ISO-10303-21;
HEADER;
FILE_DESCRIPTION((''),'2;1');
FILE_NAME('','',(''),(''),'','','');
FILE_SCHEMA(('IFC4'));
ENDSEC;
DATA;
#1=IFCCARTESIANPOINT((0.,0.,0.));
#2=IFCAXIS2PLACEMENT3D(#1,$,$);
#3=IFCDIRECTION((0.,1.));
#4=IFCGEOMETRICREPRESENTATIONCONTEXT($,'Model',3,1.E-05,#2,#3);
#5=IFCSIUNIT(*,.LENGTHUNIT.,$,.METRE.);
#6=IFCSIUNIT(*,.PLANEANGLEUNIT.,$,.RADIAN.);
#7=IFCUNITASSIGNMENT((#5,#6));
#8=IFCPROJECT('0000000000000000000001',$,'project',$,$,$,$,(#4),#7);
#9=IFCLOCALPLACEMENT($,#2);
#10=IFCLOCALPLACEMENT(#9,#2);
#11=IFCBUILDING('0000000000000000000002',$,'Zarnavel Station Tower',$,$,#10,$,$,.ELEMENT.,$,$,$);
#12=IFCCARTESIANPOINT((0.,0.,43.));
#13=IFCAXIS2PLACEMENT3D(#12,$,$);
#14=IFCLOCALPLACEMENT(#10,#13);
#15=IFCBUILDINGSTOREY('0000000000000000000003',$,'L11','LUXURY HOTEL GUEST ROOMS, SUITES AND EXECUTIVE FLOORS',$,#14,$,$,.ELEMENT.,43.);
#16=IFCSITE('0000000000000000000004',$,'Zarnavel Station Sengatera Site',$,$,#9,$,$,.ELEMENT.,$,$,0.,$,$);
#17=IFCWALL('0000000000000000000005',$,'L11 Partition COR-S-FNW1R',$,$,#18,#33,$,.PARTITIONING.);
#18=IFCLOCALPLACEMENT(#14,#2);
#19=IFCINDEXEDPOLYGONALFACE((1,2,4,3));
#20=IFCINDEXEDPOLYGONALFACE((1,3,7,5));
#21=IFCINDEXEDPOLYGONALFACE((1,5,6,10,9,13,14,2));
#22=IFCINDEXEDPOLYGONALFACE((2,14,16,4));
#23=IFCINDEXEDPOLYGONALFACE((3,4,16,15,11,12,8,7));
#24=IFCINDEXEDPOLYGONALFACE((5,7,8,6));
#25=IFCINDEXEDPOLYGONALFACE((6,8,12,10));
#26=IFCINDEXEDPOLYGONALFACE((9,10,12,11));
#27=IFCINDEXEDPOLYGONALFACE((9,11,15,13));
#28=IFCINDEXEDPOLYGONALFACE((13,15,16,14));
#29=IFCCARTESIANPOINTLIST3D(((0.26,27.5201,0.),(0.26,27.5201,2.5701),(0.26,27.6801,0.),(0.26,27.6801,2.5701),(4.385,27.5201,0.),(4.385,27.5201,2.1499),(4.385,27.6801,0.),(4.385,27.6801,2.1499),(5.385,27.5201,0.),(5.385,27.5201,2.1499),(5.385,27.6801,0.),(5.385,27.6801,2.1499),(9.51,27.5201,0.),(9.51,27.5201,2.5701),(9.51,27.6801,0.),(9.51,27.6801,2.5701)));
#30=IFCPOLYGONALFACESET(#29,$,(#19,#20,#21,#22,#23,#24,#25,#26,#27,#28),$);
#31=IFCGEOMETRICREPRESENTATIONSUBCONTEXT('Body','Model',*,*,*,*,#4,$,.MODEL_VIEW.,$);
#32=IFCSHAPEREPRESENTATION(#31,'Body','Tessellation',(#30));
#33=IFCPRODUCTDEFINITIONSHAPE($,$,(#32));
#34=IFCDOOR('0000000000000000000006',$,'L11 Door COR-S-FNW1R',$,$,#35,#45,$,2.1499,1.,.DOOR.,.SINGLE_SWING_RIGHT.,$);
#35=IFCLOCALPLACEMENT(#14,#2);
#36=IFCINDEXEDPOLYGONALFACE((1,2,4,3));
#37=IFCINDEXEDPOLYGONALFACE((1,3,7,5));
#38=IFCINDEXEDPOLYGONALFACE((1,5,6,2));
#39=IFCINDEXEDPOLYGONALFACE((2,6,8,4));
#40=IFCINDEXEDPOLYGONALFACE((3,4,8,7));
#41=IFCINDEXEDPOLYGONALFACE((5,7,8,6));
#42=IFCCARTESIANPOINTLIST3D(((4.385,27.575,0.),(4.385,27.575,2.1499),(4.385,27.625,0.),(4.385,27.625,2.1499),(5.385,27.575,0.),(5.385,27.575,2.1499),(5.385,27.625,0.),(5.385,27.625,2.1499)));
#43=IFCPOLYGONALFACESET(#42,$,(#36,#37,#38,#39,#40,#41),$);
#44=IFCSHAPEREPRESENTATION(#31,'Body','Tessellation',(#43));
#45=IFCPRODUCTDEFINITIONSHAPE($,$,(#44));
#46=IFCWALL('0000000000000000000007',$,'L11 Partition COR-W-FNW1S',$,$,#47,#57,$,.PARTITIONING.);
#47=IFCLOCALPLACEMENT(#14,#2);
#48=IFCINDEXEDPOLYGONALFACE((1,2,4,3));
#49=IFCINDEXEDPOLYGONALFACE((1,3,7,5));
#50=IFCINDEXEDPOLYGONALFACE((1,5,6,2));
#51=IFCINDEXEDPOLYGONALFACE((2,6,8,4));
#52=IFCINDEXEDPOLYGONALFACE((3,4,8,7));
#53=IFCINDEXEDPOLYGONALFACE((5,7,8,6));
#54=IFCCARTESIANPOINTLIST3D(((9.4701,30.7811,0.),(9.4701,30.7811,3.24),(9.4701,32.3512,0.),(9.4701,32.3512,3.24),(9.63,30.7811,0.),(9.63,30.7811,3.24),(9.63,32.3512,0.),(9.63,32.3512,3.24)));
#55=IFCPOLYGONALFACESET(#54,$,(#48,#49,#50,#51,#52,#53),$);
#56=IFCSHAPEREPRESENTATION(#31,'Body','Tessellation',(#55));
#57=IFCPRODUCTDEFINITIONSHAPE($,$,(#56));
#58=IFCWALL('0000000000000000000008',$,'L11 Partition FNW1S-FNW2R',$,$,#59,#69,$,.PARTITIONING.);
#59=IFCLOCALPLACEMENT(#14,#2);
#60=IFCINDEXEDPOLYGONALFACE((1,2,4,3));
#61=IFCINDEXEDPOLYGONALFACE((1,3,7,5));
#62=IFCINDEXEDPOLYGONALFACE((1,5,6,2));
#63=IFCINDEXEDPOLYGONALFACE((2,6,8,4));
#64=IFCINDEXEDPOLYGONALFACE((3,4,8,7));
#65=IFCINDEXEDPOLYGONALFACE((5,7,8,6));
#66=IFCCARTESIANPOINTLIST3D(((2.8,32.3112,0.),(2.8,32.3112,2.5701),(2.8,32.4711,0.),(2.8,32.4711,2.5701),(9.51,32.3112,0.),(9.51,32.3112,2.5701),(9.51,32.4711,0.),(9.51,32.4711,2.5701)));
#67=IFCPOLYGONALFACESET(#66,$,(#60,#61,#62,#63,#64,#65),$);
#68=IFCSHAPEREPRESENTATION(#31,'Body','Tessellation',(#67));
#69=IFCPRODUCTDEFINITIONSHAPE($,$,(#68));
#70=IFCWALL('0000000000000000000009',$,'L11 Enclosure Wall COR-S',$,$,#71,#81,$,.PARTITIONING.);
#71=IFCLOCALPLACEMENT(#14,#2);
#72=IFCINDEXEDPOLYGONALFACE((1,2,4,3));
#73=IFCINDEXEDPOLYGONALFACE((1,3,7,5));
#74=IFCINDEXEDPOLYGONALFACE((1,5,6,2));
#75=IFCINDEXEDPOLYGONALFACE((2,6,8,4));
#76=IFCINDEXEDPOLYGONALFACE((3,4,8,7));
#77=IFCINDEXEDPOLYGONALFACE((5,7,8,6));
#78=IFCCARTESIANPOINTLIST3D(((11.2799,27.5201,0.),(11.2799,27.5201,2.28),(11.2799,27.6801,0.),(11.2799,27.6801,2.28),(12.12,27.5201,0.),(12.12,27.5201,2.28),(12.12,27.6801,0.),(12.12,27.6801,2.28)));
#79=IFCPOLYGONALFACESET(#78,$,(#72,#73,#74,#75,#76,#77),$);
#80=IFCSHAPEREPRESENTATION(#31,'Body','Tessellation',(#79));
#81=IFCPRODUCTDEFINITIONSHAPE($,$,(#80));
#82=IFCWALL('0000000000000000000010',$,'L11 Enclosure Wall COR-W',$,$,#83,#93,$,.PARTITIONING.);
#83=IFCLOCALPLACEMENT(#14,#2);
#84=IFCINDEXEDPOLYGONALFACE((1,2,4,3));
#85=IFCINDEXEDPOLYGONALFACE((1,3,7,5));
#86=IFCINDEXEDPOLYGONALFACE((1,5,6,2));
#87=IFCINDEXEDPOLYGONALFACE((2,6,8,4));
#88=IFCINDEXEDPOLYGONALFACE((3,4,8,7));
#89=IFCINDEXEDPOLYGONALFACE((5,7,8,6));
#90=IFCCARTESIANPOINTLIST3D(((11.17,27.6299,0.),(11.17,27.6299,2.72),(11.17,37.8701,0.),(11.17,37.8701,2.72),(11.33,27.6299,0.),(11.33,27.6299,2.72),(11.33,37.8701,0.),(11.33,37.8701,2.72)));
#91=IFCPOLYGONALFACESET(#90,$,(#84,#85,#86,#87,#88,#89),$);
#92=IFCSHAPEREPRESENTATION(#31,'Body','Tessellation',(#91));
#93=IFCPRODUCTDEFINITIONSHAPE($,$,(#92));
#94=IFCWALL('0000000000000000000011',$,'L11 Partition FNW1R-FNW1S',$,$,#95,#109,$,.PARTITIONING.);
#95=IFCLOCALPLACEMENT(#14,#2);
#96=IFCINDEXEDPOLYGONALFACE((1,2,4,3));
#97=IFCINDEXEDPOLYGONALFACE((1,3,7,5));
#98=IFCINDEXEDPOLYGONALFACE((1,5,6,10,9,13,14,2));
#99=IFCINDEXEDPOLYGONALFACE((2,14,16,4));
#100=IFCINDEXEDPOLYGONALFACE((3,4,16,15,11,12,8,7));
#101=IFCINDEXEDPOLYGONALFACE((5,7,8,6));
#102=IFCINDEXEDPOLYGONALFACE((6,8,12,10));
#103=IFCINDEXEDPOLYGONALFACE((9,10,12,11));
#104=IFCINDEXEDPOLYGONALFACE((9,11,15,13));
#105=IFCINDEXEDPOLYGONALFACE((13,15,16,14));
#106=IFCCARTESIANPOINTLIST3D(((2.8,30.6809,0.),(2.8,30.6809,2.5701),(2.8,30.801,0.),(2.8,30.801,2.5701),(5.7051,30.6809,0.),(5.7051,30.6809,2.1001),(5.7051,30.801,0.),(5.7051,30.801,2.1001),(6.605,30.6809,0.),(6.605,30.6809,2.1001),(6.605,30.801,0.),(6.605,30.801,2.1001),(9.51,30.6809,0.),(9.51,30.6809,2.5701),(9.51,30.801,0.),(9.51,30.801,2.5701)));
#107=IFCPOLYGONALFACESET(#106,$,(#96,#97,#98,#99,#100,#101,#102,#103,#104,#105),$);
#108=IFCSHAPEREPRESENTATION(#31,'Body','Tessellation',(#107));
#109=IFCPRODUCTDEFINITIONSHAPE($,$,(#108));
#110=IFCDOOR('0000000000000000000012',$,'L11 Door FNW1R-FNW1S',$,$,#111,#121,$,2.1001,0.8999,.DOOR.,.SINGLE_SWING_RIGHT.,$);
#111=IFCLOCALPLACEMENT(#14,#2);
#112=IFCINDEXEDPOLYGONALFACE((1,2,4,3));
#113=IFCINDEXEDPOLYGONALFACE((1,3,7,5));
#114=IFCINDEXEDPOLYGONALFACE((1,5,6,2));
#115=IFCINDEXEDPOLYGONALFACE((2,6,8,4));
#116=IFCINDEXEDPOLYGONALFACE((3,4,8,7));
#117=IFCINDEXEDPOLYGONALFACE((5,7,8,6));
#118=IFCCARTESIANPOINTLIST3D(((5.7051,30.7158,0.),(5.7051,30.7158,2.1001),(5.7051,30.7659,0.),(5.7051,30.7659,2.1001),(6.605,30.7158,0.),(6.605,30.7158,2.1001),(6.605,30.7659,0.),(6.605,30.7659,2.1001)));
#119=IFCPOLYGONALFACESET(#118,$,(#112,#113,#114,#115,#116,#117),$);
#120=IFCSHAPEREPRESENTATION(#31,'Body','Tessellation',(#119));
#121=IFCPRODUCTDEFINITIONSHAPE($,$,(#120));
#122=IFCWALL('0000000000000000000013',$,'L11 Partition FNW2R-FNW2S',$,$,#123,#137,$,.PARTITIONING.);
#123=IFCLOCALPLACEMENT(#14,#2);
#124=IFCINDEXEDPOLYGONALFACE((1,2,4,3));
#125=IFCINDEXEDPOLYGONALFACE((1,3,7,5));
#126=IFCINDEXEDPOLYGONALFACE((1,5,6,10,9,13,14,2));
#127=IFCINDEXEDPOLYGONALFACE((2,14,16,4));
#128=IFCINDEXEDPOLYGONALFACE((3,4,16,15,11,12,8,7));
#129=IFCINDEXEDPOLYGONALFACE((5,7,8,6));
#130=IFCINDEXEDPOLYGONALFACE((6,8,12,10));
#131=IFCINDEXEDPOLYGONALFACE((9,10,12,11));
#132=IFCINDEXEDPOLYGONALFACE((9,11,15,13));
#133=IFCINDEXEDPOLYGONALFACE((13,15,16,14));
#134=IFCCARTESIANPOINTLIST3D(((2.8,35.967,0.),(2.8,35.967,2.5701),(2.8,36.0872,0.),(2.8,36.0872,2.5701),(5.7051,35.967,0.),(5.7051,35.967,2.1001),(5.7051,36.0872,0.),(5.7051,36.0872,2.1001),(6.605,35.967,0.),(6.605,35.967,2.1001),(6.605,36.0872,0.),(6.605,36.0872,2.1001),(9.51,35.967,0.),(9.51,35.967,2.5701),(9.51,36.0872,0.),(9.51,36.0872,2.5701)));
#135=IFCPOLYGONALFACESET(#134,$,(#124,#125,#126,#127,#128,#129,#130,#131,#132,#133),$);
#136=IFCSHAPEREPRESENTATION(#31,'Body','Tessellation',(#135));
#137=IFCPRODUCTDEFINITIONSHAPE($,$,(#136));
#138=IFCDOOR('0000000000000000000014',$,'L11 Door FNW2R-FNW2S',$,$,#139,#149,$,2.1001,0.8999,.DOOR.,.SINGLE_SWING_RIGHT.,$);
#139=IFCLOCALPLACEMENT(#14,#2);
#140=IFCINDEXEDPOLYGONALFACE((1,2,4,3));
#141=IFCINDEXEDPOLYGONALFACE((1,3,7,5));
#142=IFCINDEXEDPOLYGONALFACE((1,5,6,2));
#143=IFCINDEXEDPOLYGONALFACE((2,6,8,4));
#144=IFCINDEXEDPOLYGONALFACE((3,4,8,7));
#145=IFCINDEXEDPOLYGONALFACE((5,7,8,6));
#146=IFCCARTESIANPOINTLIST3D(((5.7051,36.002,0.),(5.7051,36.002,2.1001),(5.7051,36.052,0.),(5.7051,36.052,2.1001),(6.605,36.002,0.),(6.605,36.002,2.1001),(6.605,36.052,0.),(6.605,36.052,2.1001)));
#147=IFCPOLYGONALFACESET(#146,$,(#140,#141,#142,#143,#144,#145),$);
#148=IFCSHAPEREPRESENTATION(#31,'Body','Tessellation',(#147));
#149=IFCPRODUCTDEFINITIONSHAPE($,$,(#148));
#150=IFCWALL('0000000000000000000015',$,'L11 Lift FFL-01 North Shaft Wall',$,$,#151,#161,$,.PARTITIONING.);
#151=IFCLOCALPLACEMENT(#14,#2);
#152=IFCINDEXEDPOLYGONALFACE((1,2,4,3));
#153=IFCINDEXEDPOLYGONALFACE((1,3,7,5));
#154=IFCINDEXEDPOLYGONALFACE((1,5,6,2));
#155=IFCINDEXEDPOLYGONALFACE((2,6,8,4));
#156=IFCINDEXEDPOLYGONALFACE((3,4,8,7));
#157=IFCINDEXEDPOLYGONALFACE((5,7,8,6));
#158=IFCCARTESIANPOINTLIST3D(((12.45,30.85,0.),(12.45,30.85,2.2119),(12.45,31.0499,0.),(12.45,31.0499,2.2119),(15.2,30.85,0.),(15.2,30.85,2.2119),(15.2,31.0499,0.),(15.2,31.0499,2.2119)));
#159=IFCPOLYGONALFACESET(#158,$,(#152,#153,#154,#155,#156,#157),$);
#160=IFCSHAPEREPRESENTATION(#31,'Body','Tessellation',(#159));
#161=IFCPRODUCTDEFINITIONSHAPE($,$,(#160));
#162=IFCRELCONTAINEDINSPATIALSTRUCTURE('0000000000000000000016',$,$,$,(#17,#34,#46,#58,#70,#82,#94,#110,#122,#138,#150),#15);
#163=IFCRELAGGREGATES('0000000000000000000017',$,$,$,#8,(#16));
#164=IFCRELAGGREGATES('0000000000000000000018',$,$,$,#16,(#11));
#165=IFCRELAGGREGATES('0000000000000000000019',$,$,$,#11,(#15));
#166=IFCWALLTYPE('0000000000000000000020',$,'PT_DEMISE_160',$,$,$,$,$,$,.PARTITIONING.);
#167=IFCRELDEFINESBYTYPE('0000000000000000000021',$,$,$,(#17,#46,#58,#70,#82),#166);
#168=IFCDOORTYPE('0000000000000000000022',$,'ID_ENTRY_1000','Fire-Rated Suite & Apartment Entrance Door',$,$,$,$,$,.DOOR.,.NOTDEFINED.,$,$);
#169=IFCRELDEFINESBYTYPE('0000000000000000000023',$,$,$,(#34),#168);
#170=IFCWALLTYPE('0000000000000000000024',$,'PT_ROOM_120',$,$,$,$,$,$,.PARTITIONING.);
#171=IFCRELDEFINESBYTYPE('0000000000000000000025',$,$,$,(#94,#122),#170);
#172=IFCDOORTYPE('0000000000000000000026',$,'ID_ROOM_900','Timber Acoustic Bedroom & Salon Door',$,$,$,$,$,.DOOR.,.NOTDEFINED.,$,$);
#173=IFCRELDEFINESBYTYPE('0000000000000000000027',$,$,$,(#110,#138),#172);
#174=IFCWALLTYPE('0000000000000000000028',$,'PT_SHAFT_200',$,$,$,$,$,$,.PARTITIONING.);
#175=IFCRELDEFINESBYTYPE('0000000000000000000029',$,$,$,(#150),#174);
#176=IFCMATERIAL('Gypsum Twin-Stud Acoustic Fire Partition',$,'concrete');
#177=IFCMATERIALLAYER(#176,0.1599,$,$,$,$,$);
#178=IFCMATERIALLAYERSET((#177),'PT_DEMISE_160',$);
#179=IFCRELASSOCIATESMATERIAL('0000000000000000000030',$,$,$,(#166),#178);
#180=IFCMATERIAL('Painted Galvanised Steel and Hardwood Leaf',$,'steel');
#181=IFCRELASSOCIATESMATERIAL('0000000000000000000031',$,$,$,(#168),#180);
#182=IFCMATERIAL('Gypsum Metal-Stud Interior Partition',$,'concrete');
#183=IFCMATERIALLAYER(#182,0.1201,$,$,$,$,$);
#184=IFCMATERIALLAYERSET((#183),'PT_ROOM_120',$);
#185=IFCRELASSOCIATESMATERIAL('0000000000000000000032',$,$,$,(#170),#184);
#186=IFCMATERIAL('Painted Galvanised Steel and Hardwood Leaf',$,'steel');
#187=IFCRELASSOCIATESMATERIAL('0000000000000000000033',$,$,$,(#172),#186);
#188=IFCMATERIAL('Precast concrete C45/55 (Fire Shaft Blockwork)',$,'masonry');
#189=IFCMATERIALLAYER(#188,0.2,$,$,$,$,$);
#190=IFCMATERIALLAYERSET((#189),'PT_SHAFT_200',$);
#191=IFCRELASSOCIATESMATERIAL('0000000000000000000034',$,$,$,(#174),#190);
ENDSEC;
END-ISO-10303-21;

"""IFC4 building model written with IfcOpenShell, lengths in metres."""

from ifc_helpers import new_model, si_unit, direction, frame, frame_2d, origin, place, context, subcontext, project, spatial, rectangle, extrude, material, layer, layer_set, type_object, element, fill, save


model = new_model("IFC4")

# Units and contexts
model_context = context("Model", 3, precision=1e-05, world=origin(), true_north=direction((0.0, 1.0)))
body_context = subcontext(model_context, "Body", "Model", "MODEL_VIEW")
ifc_project = project(units=[si_unit("LENGTHUNIT", "METRE"), si_unit("PLANEANGLEUNIT", "RADIAN")], contexts=[model_context])

# Site, building, storey
site_placement = place(None, origin())
site = spatial("IfcSite", under=ifc_project, at=site_placement, Name="Zarnavel Station Sengatera Site", CompositionType="ELEMENT", RefElevation=0.0)
building_placement = place(site_placement, origin())
building = spatial("IfcBuilding", under=site, at=building_placement, Name="Zarnavel Station Tower", CompositionType="ELEMENT")
storey_placement = place(building_placement, frame((0.0, 0.0, 43.0)))
storey = spatial("IfcBuildingStorey", under=building, at=storey_placement, Name="L11", Description="LUXURY HOTEL GUEST ROOMS, SUITES AND EXECUTIVE FLOORS", CompositionType="ELEMENT", Elevation=43.0)

# Wall, opening, door
ifc_material_1 = material(Name="Gypsum Twin-Stud Acoustic Fire Partition", Category="concrete")
ifc_layer_1 = layer(ifc_material_1, 0.1599)
ifc_layer_set_1 = layer_set([ifc_layer_1], Name="PT_DEMISE_160")
wall_type_1 = type_object("IfcWallType", Name="PT_DEMISE_160", PredefinedType="PARTITIONING", material=ifc_layer_set_1)
wall_1_placement = place(storey_placement, frame((0.26, 27.6001, 0.0), z_axis=(0.0, 0.0, 1.0), x_axis=(1.0, 0.0, 0.0)))
wall_1 = element("IfcWall", 1, at=wall_1_placement, inside=storey, type_object=wall_type_1, Name="L11 Partition COR-S-FNW1R", PredefinedType="PARTITIONING", context=body_context, shape_type="SweptSolid", body=[
    extrude(rectangle(XDim=9.25, YDim=0.1599, at=frame_2d((4.625, 0.0))), origin(), (0.0, 0.0, 1.0), 2.5701),
])
opening_1_placement = place(wall_1_placement, frame((4.125, 0.0, 0.0)))
opening_1 = element("IfcOpeningElement", 2, at=opening_1_placement, cuts=wall_1, PredefinedType="OPENING", context=body_context, shape_type="SweptSolid", body=[
    extrude(rectangle(XDim=1.0, YDim=2.1499, at=frame_2d((0.5, 1.075))), frame((0.0, 0.0898, 0.0), z_axis=(0.0, -1.0, 0.0), x_axis=(1.0, 0.0, 0.0)), (0.0, 0.0, 1.0), 0.1799),
])
ifc_material_2 = material(Name="Painted Galvanised Steel and Hardwood Leaf", Category="steel")
door_type_1 = type_object("IfcDoorType", Name="ID_ENTRY_1000", Description="Fire-Rated Suite & Apartment Entrance Door", OperationType="NOTDEFINED", PredefinedType="DOOR", material=ifc_material_2)
door_1_placement = place(opening_1_placement, origin())
door_1 = element("IfcDoor", 3, at=door_1_placement, inside=storey, type_object=door_type_1, Name="L11 Door COR-S-FNW1R", OperationType="SINGLE_SWING_RIGHT", OverallHeight=2.1499, OverallWidth=1.0, PredefinedType="DOOR", context=body_context, shape_type="SweptSolid", body=[
    extrude(rectangle(XDim=1.0, YDim=2.1499, at=frame_2d((0.5, 1.075))), frame((0.0, 0.0249, 0.0), z_axis=(0.0, -1.0, 0.0), x_axis=(1.0, 0.0, 0.0)), (0.0, 0.0, 1.0), 0.05),
])
fill(opening_1, door_1)

# Wall
wall_2_placement = place(storey_placement, frame((9.55, 30.781, 0.0), z_axis=(0.0, 0.0, 1.0), x_axis=(0.0, 1.0, 0.0)))
element("IfcWall", 4, at=wall_2_placement, inside=storey, type_object=wall_type_1, Name="L11 Partition COR-W-FNW1S", PredefinedType="PARTITIONING", context=body_context, shape_type="SweptSolid", body=[
    extrude(rectangle(XDim=1.5701, YDim=0.1599, at=frame_2d((0.7852, 0.0))), origin(), (0.0, 0.0, 1.0), 3.24),
])

# Walls
wall_3_placement = place(storey_placement, frame((2.8, 32.3911, 0.0), z_axis=(0.0, 0.0, 1.0), x_axis=(1.0, 0.0, 0.0)))
element("IfcWall", 5, at=wall_3_placement, inside=storey, type_object=wall_type_1, Name="L11 Partition FNW1S-FNW2R", PredefinedType="PARTITIONING", context=body_context, shape_type="SweptSolid", body=[
    extrude(rectangle(XDim=6.71, YDim=0.1599, at=frame_2d((3.355, 0.0))), origin(), (0.0, 0.0, 1.0), 2.5701),
])
wall_4_placement = place(storey_placement, frame((11.28, 27.6001, 0.0), z_axis=(0.0, 0.0, 1.0), x_axis=(1.0, 0.0, 0.0)))
element("IfcWall", 6, at=wall_4_placement, inside=storey, type_object=wall_type_1, Name="L11 Enclosure Wall COR-S", PredefinedType="PARTITIONING", context=body_context, shape_type="SweptSolid", body=[
    extrude(rectangle(XDim=0.8401, YDim=0.1599, at=frame_2d((0.4199, 0.0))), origin(), (0.0, 0.0, 1.0), 2.28),
])
wall_5_placement = place(storey_placement, frame((11.25, 27.6299, 0.0), z_axis=(0.0, 0.0, 1.0), x_axis=(0.0, 1.0, 0.0)))
element("IfcWall", 7, at=wall_5_placement, inside=storey, type_object=wall_type_1, Name="L11 Enclosure Wall COR-W", PredefinedType="PARTITIONING", context=body_context, shape_type="SweptSolid", body=[
    extrude(rectangle(XDim=10.2402, YDim=0.1599, at=frame_2d((5.1201, 0.0))), origin(), (0.0, 0.0, 1.0), 2.72),
])

# Walls, openings, doors
ifc_material_3 = material(Name="Gypsum Metal-Stud Interior Partition", Category="concrete")
ifc_layer_2 = layer(ifc_material_3, 0.1201)
ifc_layer_set_2 = layer_set([ifc_layer_2], Name="PT_ROOM_120")
wall_type_2 = type_object("IfcWallType", Name="PT_ROOM_120", PredefinedType="PARTITIONING", material=ifc_layer_set_2)
wall_6_placement = place(storey_placement, frame((2.8, 30.741, 0.0), z_axis=(0.0, 0.0, 1.0), x_axis=(1.0, 0.0, 0.0)))
wall_6 = element("IfcWall", 8, at=wall_6_placement, inside=storey, type_object=wall_type_2, Name="L11 Partition FNW1R-FNW1S", PredefinedType="PARTITIONING", context=body_context, shape_type="SweptSolid", body=[
    extrude(rectangle(XDim=6.71, YDim=0.1201, at=frame_2d((3.355, 0.0))), origin(), (0.0, 0.0, 1.0), 2.5701),
])
opening_2_placement = place(wall_6_placement, frame((2.905, 0.0, 0.0)))
opening_2 = element("IfcOpeningElement", 9, at=opening_2_placement, cuts=wall_6, PredefinedType="OPENING", context=body_context, shape_type="SweptSolid", body=[
    extrude(rectangle(XDim=0.8999, YDim=2.1001, at=frame_2d((0.45, 1.05))), frame((0.0, 0.0701, 0.0), z_axis=(0.0, -1.0, 0.0), x_axis=(1.0, 0.0, 0.0)), (0.0, 0.0, 1.0), 0.1401),
])
ifc_material_4 = material(Name="Painted Galvanised Steel and Hardwood Leaf", Category="steel")
door_type_2 = type_object("IfcDoorType", Name="ID_ROOM_900", Description="Timber Acoustic Bedroom & Salon Door", OperationType="NOTDEFINED", PredefinedType="DOOR", material=ifc_material_4)
door_2_placement = place(opening_2_placement, origin())
door_2 = element("IfcDoor", 10, at=door_2_placement, inside=storey, type_object=door_type_2, Name="L11 Door FNW1R-FNW1S", OperationType="SINGLE_SWING_RIGHT", OverallHeight=2.1001, OverallWidth=0.8999, PredefinedType="DOOR", context=body_context, shape_type="SweptSolid", body=[
    extrude(rectangle(XDim=0.8999, YDim=2.1001, at=frame_2d((0.45, 1.05))), frame((0.0, 0.0249, 0.0), z_axis=(0.0, -1.0, 0.0), x_axis=(1.0, 0.0, 0.0)), (0.0, 0.0, 1.0), 0.05),
])
fill(opening_2, door_2)
wall_7_placement = place(storey_placement, frame((2.8, 36.0271, 0.0), z_axis=(0.0, 0.0, 1.0), x_axis=(1.0, 0.0, 0.0)))
wall_7 = element("IfcWall", 11, at=wall_7_placement, inside=storey, type_object=wall_type_2, Name="L11 Partition FNW2R-FNW2S", PredefinedType="PARTITIONING", context=body_context, shape_type="SweptSolid", body=[
    extrude(rectangle(XDim=6.71, YDim=0.1201, at=frame_2d((3.355, 0.0))), origin(), (0.0, 0.0, 1.0), 2.5701),
])
opening_3_placement = place(wall_7_placement, frame((2.905, 0.0, 0.0)))
opening_3 = element("IfcOpeningElement", 12, at=opening_3_placement, cuts=wall_7, PredefinedType="OPENING", context=body_context, shape_type="SweptSolid", body=[
    extrude(rectangle(XDim=0.8999, YDim=2.1001, at=frame_2d((0.45, 1.05))), frame((0.0, 0.0701, 0.0), z_axis=(0.0, -1.0, 0.0), x_axis=(1.0, 0.0, 0.0)), (0.0, 0.0, 1.0), 0.1401),
])
door_3_placement = place(opening_3_placement, origin())
door_3 = element("IfcDoor", 13, at=door_3_placement, inside=storey, type_object=door_type_2, Name="L11 Door FNW2R-FNW2S", OperationType="SINGLE_SWING_RIGHT", OverallHeight=2.1001, OverallWidth=0.8999, PredefinedType="DOOR", context=body_context, shape_type="SweptSolid", body=[
    extrude(rectangle(XDim=0.8999, YDim=2.1001, at=frame_2d((0.45, 1.05))), frame((0.0, 0.0249, 0.0), z_axis=(0.0, -1.0, 0.0), x_axis=(1.0, 0.0, 0.0)), (0.0, 0.0, 1.0), 0.05),
])
fill(opening_3, door_3)

# Wall
ifc_material_5 = material(Name="Precast concrete C45/55 (Fire Shaft Blockwork)", Category="masonry")
ifc_layer_3 = layer(ifc_material_5, 0.2)
ifc_layer_set_3 = layer_set([ifc_layer_3], Name="PT_SHAFT_200")
wall_type_3 = type_object("IfcWallType", Name="PT_SHAFT_200", PredefinedType="PARTITIONING", material=ifc_layer_set_3)
wall_8_placement = place(storey_placement, frame((12.45, 30.95, 0.0), z_axis=(0.0, 0.0, 1.0), x_axis=(1.0, 0.0, 0.0)))
element("IfcWall", 14, at=wall_8_placement, inside=storey, type_object=wall_type_3, Name="L11 Lift FFL-01 North Shaft Wall", PredefinedType="PARTITIONING", context=body_context, shape_type="SweptSolid", body=[
    extrude(rectangle(XDim=2.75, YDim=0.2, at=frame_2d((1.375, 0.0))), origin(), (0.0, 0.0, 1.0), 2.2119),
])

save(model, "model.ifc")
